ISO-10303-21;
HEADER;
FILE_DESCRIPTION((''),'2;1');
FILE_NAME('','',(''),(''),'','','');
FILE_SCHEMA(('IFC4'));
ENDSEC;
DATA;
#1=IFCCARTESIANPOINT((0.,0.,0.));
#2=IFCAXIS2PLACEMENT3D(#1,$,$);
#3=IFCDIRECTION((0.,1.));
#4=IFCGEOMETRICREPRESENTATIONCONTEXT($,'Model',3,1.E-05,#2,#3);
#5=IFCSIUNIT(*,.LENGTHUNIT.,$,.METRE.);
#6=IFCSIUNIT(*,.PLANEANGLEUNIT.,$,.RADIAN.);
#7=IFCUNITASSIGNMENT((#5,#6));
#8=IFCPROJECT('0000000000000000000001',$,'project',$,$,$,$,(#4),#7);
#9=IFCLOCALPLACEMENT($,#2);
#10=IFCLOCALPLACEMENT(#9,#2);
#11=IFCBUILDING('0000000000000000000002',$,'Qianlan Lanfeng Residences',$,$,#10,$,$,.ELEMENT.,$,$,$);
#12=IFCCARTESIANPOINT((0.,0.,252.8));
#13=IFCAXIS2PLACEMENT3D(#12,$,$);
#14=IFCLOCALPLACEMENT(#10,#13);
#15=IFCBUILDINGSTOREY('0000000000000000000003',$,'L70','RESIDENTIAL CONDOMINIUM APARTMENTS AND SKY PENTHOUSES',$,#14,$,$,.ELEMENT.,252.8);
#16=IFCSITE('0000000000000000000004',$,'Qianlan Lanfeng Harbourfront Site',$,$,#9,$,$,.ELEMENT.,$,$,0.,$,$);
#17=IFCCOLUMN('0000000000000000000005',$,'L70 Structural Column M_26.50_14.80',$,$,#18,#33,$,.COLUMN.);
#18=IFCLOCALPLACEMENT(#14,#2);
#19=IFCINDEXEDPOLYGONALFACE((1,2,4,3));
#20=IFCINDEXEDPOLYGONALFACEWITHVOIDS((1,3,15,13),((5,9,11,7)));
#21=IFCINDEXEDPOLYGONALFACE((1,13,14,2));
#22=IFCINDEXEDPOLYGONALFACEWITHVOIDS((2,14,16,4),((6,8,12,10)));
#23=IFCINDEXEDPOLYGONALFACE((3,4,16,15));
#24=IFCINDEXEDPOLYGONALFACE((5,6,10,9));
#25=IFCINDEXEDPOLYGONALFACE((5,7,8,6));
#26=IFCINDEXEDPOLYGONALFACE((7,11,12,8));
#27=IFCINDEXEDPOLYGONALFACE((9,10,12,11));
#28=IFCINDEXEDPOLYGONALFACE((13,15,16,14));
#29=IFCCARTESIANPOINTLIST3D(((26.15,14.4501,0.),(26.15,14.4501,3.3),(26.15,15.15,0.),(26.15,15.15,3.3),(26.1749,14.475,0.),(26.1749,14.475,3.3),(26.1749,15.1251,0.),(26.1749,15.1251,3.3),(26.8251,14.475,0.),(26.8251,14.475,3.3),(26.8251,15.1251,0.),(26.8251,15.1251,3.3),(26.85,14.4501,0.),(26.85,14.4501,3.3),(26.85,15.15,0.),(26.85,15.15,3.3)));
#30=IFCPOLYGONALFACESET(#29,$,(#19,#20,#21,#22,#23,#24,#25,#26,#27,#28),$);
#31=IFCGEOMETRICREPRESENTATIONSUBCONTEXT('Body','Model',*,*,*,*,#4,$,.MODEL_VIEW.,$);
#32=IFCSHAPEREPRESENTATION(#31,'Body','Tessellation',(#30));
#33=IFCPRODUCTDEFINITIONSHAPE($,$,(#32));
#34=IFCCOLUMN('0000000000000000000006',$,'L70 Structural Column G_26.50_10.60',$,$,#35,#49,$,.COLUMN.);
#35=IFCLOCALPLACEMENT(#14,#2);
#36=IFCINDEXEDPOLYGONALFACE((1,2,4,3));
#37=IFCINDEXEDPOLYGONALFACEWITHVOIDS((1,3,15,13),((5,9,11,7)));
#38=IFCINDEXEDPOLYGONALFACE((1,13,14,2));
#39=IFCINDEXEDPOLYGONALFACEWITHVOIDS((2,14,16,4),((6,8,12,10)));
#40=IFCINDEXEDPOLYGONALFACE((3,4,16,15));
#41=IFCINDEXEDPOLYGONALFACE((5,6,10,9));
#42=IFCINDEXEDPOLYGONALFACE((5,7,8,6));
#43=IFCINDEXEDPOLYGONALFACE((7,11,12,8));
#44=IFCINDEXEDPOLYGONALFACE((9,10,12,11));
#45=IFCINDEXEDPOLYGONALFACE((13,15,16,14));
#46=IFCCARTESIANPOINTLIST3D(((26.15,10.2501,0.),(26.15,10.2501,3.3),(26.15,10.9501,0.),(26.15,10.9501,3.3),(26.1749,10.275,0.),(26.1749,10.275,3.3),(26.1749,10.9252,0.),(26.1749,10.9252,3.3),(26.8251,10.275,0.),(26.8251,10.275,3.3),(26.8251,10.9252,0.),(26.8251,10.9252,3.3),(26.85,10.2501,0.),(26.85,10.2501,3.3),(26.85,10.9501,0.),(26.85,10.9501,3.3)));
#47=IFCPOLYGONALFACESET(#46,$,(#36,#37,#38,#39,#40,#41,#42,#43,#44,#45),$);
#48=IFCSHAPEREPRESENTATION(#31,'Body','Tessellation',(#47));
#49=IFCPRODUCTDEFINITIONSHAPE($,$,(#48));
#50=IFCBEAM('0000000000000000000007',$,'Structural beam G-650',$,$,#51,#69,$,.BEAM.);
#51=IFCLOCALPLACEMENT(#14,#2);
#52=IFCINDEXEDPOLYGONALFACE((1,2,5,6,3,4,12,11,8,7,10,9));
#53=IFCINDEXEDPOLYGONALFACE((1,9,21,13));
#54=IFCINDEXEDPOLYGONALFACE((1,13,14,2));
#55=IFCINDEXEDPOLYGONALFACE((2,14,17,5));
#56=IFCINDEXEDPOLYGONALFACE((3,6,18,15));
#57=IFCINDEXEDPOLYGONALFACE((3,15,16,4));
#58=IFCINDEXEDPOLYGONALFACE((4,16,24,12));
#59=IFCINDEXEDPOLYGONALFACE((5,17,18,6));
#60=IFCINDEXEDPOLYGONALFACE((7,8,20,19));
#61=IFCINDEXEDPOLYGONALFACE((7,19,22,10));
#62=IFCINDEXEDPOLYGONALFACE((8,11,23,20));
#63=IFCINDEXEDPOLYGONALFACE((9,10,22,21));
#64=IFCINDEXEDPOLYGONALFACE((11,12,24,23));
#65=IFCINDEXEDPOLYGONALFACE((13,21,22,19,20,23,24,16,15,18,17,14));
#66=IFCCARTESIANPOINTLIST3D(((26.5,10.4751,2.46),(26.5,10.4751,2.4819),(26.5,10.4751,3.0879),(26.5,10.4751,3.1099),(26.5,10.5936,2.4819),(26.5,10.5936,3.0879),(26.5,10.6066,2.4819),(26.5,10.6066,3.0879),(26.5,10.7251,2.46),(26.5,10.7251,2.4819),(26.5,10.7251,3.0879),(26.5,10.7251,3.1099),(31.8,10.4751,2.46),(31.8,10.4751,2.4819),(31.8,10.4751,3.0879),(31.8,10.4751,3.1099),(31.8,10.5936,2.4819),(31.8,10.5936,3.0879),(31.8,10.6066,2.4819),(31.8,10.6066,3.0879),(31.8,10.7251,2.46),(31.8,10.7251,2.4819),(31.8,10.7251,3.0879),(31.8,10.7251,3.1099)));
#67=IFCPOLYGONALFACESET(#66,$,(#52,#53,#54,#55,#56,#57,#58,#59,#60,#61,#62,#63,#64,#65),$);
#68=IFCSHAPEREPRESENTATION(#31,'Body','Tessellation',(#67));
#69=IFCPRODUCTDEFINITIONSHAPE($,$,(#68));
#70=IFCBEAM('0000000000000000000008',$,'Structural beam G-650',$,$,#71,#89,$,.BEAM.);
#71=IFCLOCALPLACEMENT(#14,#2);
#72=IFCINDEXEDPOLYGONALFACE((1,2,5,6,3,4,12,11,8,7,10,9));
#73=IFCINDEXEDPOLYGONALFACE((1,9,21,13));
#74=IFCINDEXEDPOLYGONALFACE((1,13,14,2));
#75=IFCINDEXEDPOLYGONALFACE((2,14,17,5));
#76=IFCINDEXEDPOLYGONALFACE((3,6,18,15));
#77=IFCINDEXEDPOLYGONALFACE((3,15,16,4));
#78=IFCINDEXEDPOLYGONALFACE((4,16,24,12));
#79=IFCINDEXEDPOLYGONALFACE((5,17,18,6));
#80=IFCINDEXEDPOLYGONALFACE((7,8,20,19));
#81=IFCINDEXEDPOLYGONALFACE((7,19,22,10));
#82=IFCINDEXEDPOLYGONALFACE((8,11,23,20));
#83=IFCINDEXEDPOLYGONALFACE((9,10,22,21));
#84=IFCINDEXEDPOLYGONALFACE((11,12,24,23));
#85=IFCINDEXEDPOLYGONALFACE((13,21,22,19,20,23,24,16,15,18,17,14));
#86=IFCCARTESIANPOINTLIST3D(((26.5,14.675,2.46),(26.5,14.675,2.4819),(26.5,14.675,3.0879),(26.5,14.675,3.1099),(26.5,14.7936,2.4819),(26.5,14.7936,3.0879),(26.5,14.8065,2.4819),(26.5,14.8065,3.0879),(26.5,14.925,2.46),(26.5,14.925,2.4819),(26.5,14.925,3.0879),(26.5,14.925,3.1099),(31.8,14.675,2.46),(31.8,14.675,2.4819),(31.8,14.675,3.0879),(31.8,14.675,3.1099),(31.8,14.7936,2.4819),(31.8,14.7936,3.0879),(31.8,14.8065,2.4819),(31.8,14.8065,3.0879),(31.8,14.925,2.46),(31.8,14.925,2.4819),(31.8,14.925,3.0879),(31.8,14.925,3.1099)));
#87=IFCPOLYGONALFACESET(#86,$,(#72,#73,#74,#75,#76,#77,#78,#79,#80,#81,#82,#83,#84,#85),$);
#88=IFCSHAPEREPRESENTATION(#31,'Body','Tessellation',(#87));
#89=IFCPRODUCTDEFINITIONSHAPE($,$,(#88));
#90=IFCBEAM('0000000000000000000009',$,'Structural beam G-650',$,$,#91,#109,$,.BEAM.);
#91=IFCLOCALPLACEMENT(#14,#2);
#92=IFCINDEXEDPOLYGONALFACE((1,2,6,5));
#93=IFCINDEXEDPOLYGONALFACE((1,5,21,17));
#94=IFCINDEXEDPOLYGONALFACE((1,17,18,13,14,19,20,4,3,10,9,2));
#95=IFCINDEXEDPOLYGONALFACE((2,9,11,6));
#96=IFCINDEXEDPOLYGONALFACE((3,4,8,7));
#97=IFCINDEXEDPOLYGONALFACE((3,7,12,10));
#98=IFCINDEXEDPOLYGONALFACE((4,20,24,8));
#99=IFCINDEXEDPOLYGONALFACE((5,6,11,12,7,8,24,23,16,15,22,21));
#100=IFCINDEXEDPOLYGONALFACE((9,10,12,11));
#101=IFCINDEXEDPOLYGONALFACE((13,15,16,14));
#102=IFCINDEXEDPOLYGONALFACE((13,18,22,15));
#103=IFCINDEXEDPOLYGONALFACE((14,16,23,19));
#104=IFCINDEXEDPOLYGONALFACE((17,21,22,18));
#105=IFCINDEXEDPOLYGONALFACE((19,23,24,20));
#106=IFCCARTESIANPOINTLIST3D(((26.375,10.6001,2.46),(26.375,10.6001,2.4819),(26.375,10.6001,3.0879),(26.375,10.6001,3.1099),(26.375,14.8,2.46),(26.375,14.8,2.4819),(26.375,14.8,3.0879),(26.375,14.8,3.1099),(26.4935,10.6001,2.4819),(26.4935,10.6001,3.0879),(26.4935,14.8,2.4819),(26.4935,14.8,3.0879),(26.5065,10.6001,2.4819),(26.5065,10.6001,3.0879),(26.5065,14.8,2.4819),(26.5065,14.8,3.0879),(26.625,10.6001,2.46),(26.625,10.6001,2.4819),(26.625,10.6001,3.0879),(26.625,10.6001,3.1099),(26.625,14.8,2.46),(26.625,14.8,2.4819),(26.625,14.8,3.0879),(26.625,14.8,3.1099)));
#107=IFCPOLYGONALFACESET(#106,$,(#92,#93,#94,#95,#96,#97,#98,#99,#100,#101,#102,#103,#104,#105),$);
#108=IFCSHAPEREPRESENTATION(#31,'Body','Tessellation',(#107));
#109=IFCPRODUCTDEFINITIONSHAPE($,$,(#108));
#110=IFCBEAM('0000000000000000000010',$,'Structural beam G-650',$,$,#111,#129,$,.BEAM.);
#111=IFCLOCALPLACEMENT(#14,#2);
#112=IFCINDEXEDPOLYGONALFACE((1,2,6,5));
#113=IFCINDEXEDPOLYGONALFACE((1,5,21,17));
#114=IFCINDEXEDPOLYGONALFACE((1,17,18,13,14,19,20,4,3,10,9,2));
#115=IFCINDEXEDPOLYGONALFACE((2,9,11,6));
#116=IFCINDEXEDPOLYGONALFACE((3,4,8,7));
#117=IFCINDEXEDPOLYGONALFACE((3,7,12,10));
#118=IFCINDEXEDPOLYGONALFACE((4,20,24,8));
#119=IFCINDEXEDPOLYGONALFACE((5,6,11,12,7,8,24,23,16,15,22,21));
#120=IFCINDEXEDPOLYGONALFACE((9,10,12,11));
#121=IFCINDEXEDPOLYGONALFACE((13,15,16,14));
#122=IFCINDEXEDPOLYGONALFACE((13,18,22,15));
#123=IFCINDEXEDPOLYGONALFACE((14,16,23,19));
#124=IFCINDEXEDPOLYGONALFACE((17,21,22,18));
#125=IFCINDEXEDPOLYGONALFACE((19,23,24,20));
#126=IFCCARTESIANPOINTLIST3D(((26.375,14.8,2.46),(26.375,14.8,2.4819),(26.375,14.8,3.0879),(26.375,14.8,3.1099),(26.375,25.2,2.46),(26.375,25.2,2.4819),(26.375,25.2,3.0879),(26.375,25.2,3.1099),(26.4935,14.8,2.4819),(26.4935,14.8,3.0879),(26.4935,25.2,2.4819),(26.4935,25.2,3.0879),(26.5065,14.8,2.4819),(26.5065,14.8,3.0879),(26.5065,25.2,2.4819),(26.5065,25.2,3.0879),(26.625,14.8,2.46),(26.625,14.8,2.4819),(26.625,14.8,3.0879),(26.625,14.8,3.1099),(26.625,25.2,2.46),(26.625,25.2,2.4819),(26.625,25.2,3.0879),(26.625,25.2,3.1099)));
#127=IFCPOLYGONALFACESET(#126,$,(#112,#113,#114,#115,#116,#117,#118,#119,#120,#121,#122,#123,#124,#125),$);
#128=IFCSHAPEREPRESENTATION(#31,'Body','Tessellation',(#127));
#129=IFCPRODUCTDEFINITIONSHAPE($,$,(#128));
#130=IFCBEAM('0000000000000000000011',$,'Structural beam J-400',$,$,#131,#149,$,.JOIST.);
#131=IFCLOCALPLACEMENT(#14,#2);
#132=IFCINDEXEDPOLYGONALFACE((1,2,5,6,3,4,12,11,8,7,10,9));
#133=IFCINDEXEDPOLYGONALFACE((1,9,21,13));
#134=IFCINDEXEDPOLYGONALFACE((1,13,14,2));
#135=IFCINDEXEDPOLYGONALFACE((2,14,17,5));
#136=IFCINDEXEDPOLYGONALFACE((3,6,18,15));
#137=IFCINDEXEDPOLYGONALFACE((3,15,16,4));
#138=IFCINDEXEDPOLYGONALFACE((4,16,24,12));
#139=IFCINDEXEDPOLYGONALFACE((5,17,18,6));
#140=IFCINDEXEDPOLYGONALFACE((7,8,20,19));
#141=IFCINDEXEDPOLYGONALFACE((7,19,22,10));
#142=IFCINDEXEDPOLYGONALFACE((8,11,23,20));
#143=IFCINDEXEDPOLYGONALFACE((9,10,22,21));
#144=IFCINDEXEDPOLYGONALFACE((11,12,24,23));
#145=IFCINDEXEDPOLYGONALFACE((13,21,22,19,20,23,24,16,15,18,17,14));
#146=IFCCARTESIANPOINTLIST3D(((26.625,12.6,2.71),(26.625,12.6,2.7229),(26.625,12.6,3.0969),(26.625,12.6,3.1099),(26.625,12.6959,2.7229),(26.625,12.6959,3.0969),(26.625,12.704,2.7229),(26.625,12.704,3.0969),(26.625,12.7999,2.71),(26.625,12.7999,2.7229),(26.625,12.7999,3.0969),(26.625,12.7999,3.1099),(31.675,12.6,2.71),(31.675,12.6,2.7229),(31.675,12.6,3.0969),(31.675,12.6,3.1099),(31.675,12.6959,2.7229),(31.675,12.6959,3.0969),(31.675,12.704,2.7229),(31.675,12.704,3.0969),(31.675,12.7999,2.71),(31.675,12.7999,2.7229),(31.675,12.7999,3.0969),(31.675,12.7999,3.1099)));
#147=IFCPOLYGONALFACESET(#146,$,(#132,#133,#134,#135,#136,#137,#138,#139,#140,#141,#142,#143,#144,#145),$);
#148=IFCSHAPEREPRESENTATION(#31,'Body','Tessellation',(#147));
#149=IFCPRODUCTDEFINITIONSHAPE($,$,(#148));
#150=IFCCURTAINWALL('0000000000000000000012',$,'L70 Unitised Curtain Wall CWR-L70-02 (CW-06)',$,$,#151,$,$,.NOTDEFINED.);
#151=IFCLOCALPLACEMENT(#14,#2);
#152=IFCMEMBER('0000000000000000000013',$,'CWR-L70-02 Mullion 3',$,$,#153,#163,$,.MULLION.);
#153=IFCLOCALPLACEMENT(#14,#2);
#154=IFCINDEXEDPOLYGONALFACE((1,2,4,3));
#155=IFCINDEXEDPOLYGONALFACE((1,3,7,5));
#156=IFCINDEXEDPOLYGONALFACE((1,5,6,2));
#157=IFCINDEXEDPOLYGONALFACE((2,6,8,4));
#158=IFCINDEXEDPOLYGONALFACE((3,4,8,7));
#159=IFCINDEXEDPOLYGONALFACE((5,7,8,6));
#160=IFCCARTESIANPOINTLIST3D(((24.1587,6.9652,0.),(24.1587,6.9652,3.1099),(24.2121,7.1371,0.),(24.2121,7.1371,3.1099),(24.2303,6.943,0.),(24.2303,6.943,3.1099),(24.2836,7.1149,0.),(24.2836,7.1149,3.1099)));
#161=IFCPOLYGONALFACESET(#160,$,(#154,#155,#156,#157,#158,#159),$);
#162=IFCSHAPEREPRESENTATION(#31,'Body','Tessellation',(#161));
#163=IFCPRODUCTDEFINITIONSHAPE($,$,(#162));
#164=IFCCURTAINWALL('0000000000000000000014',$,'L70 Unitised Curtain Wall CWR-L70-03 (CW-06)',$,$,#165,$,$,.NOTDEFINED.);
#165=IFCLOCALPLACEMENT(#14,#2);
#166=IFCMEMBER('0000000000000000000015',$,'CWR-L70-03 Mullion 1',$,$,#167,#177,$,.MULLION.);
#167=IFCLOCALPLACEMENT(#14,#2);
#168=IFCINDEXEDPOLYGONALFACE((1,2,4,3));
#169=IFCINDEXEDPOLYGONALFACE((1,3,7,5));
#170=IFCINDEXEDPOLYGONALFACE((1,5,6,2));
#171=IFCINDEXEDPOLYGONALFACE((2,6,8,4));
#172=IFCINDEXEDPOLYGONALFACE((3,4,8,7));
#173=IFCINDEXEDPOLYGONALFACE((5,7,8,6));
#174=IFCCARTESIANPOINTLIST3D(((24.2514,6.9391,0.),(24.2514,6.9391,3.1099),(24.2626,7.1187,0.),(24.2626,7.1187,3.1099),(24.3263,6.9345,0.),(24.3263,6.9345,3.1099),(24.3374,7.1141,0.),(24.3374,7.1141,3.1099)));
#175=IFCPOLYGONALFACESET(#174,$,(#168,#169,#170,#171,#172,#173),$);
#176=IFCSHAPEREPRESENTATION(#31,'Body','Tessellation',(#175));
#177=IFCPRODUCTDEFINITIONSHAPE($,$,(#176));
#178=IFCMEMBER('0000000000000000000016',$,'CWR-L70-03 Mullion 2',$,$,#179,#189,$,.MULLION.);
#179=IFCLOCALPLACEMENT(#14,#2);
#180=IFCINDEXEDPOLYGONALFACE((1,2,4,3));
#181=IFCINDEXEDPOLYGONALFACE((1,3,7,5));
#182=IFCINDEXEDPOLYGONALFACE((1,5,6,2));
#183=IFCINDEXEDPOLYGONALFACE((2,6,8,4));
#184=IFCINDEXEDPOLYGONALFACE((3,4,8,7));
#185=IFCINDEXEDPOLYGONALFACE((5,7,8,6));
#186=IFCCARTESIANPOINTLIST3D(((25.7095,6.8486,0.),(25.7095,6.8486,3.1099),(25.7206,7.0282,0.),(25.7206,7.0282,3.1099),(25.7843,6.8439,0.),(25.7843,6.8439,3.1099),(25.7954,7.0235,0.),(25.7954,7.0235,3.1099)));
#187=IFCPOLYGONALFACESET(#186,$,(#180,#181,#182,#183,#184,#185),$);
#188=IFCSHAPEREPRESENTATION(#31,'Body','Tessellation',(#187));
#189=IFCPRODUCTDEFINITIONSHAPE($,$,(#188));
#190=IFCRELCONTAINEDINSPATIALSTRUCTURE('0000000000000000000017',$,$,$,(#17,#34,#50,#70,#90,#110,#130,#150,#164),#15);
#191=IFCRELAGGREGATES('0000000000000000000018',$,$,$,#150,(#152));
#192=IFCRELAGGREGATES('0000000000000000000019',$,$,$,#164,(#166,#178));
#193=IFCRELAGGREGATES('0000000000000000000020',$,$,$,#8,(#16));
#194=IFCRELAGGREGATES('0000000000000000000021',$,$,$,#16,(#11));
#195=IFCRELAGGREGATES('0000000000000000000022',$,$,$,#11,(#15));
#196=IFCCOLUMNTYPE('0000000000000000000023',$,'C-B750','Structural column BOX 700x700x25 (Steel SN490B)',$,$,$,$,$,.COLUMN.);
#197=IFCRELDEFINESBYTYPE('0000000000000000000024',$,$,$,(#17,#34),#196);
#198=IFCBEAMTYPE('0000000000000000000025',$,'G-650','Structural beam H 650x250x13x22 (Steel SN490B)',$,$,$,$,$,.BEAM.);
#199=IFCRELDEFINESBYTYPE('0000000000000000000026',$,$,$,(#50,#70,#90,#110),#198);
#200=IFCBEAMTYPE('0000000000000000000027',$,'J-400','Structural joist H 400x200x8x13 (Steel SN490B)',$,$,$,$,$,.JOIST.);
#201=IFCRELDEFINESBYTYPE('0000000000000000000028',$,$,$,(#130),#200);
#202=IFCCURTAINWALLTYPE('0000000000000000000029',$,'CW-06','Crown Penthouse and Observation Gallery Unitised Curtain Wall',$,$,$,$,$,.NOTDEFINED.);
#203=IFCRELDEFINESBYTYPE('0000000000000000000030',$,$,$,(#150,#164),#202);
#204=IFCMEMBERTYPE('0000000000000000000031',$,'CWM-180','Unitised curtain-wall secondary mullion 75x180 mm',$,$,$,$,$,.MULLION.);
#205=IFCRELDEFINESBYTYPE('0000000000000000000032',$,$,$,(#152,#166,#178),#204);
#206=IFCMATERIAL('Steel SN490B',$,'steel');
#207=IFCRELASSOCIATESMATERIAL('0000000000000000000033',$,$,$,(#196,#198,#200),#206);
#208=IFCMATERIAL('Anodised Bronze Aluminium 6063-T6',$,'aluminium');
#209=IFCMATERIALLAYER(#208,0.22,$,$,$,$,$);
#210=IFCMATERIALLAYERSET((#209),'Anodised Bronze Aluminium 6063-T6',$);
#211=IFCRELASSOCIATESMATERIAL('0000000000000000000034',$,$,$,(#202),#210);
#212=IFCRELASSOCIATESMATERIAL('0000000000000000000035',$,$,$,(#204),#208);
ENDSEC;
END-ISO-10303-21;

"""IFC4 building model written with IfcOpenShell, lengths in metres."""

from ifc_helpers import new_model, si_unit, direction, frame, origin, origin_2d, place, context, subcontext, project, spatial, rectangle, hollow_rectangle, i_section, extrude, source, transform, mapped, material, layer, layer_set, material_profile, profile_set, type_object, element, aggregate, save


model = new_model("IFC4")

# Units and contexts
model_context = context("Model", 3, precision=1e-05, world=origin(), true_north=direction((0.0, 1.0)))
body_context = subcontext(model_context, "Body", "Model", "MODEL_VIEW")
ifc_project = project(units=[si_unit("LENGTHUNIT", "METRE"), si_unit("PLANEANGLEUNIT", "RADIAN")], contexts=[model_context])

# Site, building, storey
site_placement = place(None, origin())
site = spatial("IfcSite", under=ifc_project, at=site_placement, Name="Qianlan Lanfeng Harbourfront Site", CompositionType="ELEMENT", RefElevation=0.0)
building_placement = place(site_placement, origin())
building = spatial("IfcBuilding", under=site, at=building_placement, Name="Qianlan Lanfeng Residences", CompositionType="ELEMENT")
storey_placement = place(building_placement, frame((0.0, 0.0, 252.8)))
storey = spatial("IfcBuildingStorey", under=building, at=storey_placement, Name="L70", Description="RESIDENTIAL CONDOMINIUM APARTMENTS AND SKY PENTHOUSES", CompositionType="ELEMENT", Elevation=252.8)

# Columns
ifc_material_1 = material(Name="Steel SN490B", Category="steel")
ifc_material_profile_1 = material_profile(ifc_material_1, hollow_rectangle(XDim=0.7, YDim=0.7, WallThickness=0.0249, at=origin_2d()), Name="BOX 700x700x25")
ifc_profile_set_1 = profile_set([ifc_material_profile_1], Name="Steel SN490B")
column_type = type_object("IfcColumnType", Name="C-B750", Description="Structural column BOX 700x700x25 (Steel SN490B)", PredefinedType="COLUMN", material=ifc_profile_set_1)
for number, where, z_axis, x_axis, name in (
    (1, (26.5, 14.8, 0.0), (0.0, 0.0, 1.0), (1.0, 0.0, 0.0), "L70 Structural Column M_26.50_14.80"),
    (2, (26.5, 10.6001, 0.0), (0.0, 0.0, 1.0), (1.0, 0.0, 0.0), "L70 Structural Column G_26.50_10.60"),
):
    element("IfcColumn", number, at=place(storey_placement, frame(where, z_axis=z_axis, x_axis=x_axis)), inside=storey, type_object=column_type, Name=name, PredefinedType="COLUMN", context=body_context, shape_type="SweptSolid", body=[
        extrude(hollow_rectangle(XDim=0.7, YDim=0.7, WallThickness=0.0249, at=origin_2d()), origin(), (0.0, 0.0, 1.0), 3.3),
    ])

# Beams
ifc_material_profile_2 = material_profile(ifc_material_1, i_section(OverallWidth=0.25, OverallDepth=0.6499, WebThickness=0.0129, FlangeThickness=0.022, at=origin_2d()), Name="H 650x250x13x22")
ifc_profile_set_2 = profile_set([ifc_material_profile_2], Name="Steel SN490B")
beam_type_1 = type_object("IfcBeamType", Name="G-650", Description="Structural beam H 650x250x13x22 (Steel SN490B)", PredefinedType="BEAM", material=ifc_profile_set_2)
for number, where, z_axis, x_axis, name in (
    (3, (26.5, 10.6001, 2.7849), (1.0, 0.0, 0.0), (0.0, 1.0, 0.0), "Structural beam G-650"),
    (4, (26.5, 14.8, 2.7849), (1.0, 0.0, 0.0), (0.0, 1.0, 0.0), "Structural beam G-650"),
):
    element("IfcBeam", number, at=place(storey_placement, frame(where, z_axis=z_axis, x_axis=x_axis)), inside=storey, type_object=beam_type_1, Name=name, PredefinedType="BEAM", context=body_context, shape_type="SweptSolid", body=[
        extrude(i_section(OverallWidth=0.25, OverallDepth=0.6499, WebThickness=0.0129, FlangeThickness=0.022, at=origin_2d()), origin(), (0.0, 0.0, 1.0), 5.3),
    ])
beam_1_placement = place(storey_placement, frame((26.5, 10.6001, 2.7849), z_axis=(0.0, 1.0, 0.0), x_axis=(-1.0, 0.0, 0.0)))
element("IfcBeam", 5, at=beam_1_placement, inside=storey, type_object=beam_type_1, Name="Structural beam G-650", PredefinedType="BEAM", context=body_context, shape_type="SweptSolid", body=[
    extrude(i_section(OverallWidth=0.25, OverallDepth=0.6499, WebThickness=0.0129, FlangeThickness=0.022, at=origin_2d()), origin(), (0.0, 0.0, 1.0), 4.2),
])
beam_2_placement = place(storey_placement, frame((26.5, 14.8, 2.7849), z_axis=(0.0, 1.0, 0.0), x_axis=(-1.0, 0.0, 0.0)))
element("IfcBeam", 6, at=beam_2_placement, inside=storey, type_object=beam_type_1, Name="Structural beam G-650", PredefinedType="BEAM", context=body_context, shape_type="SweptSolid", body=[
    extrude(i_section(OverallWidth=0.25, OverallDepth=0.6499, WebThickness=0.0129, FlangeThickness=0.022, at=origin_2d()), origin(), (0.0, 0.0, 1.0), 10.3999),
])
ifc_material_profile_3 = material_profile(ifc_material_1, i_section(OverallWidth=0.2, OverallDepth=0.3999, WebThickness=0.0081, FlangeThickness=0.0129, at=origin_2d()), Name="H 400x200x8x13")
ifc_profile_set_3 = profile_set([ifc_material_profile_3], Name="Steel SN490B")
beam_type_2 = type_object("IfcBeamType", Name="J-400", Description="Structural joist H 400x200x8x13 (Steel SN490B)", PredefinedType="JOIST", material=ifc_profile_set_3)
beam_3_placement = place(storey_placement, frame((26.625, 12.7, 2.9099), z_axis=(1.0, 0.0, 0.0), x_axis=(0.0, 1.0, 0.0)))
element("IfcBeam", 7, at=beam_3_placement, inside=storey, type_object=beam_type_2, Name="Structural beam J-400", PredefinedType="JOIST", context=body_context, shape_type="SweptSolid", body=[
    extrude(i_section(OverallWidth=0.2, OverallDepth=0.3999, WebThickness=0.0081, FlangeThickness=0.0129, at=origin_2d()), origin(), (0.0, 0.0, 1.0), 5.05),
])

# Curtain wall, member
ifc_material_2 = material(Name="Anodised Bronze Aluminium 6063-T6", Category="aluminium")
ifc_layer_1 = layer(ifc_material_2, 0.22)
ifc_layer_set_1 = layer_set([ifc_layer_1], Name="Anodised Bronze Aluminium 6063-T6")
curtain_wall_type = type_object("IfcCurtainWallType", Name="CW-06", Description="Crown Penthouse and Observation Gallery Unitised Curtain Wall", PredefinedType="NOTDEFINED", material=ifc_layer_set_1)
curtain_wall_1_placement = place(storey_placement, origin())
curtain_wall_1 = element("IfcCurtainWall", 8, at=curtain_wall_1_placement, inside=storey, type_object=curtain_wall_type, Name="L70 Unitised Curtain Wall CWR-L70-02 (CW-06)", PredefinedType="NOTDEFINED")
ifc_material_profile_4 = material_profile(ifc_material_2, rectangle(XDim=0.075, YDim=0.1799, at=origin_2d()), Name="ALU MULLION 75x180")
ifc_profile_set_4 = profile_set([ifc_material_profile_4], Name="Anodised Bronze Aluminium 6063-T6")
member_type_1 = type_object("IfcMemberType", Name="CWM-180", Description="Unitised curtain-wall secondary mullion 75x180 mm", PredefinedType="MULLION", material=ifc_profile_set_4)
shared_shape_1 = source(origin(), body_context, "Body", "SweptSolid", [
    extrude(rectangle(XDim=0.075, YDim=0.1799, at=origin_2d()), origin(), (0.0, 0.0, 1.0), 3.1099),
])
member_1_placement = place(storey_placement, frame((24.2212, 7.04, 0.0), z_axis=(0.0, 0.0, 1.0), x_axis=(0.95508, -0.296348, 0.0)))
member_1 = element("IfcMember", 9, at=member_1_placement, type_object=member_type_1, Name="CWR-L70-02 Mullion 3", PredefinedType="MULLION", context=body_context, shape_type="MappedRepresentation", body=[
    mapped(shared_shape_1, transform((0.0, 0.0, 0.0), scale=1.0)),
])

# Curtain wall, members
curtain_wall_2_placement = place(storey_placement, origin())
curtain_wall_2 = element("IfcCurtainWall", 10, at=curtain_wall_2_placement, inside=storey, type_object=curtain_wall_type, Name="L70 Unitised Curtain Wall CWR-L70-03 (CW-06)", PredefinedType="NOTDEFINED")
member_2_placement = place(storey_placement, frame((24.2944, 7.0266, 0.0), z_axis=(0.0, 0.0, 1.0), x_axis=(0.998072, -0.062066, 0.0)))
member_2 = element("IfcMember", 11, at=member_2_placement, type_object=member_type_1, Name="CWR-L70-03 Mullion 1", PredefinedType="MULLION", context=body_context, shape_type="MappedRepresentation", body=[
    mapped(shared_shape_1, transform((0.0, 0.0, 0.0), scale=1.0)),
])
member_3_placement = place(storey_placement, frame((25.7524, 6.936, 0.0), z_axis=(0.0, 0.0, 1.0), x_axis=(0.998072, -0.062066, 0.0)))
member_3 = element("IfcMember", 12, at=member_3_placement, type_object=member_type_1, Name="CWR-L70-03 Mullion 2", PredefinedType="MULLION", context=body_context, shape_type="MappedRepresentation", body=[
    mapped(shared_shape_1, transform((0.0, 0.0, 0.0), scale=1.0)),
])

aggregate(curtain_wall_1, [member_1])
aggregate(curtain_wall_2, [member_2, member_3])

save(model, "model.ifc")
